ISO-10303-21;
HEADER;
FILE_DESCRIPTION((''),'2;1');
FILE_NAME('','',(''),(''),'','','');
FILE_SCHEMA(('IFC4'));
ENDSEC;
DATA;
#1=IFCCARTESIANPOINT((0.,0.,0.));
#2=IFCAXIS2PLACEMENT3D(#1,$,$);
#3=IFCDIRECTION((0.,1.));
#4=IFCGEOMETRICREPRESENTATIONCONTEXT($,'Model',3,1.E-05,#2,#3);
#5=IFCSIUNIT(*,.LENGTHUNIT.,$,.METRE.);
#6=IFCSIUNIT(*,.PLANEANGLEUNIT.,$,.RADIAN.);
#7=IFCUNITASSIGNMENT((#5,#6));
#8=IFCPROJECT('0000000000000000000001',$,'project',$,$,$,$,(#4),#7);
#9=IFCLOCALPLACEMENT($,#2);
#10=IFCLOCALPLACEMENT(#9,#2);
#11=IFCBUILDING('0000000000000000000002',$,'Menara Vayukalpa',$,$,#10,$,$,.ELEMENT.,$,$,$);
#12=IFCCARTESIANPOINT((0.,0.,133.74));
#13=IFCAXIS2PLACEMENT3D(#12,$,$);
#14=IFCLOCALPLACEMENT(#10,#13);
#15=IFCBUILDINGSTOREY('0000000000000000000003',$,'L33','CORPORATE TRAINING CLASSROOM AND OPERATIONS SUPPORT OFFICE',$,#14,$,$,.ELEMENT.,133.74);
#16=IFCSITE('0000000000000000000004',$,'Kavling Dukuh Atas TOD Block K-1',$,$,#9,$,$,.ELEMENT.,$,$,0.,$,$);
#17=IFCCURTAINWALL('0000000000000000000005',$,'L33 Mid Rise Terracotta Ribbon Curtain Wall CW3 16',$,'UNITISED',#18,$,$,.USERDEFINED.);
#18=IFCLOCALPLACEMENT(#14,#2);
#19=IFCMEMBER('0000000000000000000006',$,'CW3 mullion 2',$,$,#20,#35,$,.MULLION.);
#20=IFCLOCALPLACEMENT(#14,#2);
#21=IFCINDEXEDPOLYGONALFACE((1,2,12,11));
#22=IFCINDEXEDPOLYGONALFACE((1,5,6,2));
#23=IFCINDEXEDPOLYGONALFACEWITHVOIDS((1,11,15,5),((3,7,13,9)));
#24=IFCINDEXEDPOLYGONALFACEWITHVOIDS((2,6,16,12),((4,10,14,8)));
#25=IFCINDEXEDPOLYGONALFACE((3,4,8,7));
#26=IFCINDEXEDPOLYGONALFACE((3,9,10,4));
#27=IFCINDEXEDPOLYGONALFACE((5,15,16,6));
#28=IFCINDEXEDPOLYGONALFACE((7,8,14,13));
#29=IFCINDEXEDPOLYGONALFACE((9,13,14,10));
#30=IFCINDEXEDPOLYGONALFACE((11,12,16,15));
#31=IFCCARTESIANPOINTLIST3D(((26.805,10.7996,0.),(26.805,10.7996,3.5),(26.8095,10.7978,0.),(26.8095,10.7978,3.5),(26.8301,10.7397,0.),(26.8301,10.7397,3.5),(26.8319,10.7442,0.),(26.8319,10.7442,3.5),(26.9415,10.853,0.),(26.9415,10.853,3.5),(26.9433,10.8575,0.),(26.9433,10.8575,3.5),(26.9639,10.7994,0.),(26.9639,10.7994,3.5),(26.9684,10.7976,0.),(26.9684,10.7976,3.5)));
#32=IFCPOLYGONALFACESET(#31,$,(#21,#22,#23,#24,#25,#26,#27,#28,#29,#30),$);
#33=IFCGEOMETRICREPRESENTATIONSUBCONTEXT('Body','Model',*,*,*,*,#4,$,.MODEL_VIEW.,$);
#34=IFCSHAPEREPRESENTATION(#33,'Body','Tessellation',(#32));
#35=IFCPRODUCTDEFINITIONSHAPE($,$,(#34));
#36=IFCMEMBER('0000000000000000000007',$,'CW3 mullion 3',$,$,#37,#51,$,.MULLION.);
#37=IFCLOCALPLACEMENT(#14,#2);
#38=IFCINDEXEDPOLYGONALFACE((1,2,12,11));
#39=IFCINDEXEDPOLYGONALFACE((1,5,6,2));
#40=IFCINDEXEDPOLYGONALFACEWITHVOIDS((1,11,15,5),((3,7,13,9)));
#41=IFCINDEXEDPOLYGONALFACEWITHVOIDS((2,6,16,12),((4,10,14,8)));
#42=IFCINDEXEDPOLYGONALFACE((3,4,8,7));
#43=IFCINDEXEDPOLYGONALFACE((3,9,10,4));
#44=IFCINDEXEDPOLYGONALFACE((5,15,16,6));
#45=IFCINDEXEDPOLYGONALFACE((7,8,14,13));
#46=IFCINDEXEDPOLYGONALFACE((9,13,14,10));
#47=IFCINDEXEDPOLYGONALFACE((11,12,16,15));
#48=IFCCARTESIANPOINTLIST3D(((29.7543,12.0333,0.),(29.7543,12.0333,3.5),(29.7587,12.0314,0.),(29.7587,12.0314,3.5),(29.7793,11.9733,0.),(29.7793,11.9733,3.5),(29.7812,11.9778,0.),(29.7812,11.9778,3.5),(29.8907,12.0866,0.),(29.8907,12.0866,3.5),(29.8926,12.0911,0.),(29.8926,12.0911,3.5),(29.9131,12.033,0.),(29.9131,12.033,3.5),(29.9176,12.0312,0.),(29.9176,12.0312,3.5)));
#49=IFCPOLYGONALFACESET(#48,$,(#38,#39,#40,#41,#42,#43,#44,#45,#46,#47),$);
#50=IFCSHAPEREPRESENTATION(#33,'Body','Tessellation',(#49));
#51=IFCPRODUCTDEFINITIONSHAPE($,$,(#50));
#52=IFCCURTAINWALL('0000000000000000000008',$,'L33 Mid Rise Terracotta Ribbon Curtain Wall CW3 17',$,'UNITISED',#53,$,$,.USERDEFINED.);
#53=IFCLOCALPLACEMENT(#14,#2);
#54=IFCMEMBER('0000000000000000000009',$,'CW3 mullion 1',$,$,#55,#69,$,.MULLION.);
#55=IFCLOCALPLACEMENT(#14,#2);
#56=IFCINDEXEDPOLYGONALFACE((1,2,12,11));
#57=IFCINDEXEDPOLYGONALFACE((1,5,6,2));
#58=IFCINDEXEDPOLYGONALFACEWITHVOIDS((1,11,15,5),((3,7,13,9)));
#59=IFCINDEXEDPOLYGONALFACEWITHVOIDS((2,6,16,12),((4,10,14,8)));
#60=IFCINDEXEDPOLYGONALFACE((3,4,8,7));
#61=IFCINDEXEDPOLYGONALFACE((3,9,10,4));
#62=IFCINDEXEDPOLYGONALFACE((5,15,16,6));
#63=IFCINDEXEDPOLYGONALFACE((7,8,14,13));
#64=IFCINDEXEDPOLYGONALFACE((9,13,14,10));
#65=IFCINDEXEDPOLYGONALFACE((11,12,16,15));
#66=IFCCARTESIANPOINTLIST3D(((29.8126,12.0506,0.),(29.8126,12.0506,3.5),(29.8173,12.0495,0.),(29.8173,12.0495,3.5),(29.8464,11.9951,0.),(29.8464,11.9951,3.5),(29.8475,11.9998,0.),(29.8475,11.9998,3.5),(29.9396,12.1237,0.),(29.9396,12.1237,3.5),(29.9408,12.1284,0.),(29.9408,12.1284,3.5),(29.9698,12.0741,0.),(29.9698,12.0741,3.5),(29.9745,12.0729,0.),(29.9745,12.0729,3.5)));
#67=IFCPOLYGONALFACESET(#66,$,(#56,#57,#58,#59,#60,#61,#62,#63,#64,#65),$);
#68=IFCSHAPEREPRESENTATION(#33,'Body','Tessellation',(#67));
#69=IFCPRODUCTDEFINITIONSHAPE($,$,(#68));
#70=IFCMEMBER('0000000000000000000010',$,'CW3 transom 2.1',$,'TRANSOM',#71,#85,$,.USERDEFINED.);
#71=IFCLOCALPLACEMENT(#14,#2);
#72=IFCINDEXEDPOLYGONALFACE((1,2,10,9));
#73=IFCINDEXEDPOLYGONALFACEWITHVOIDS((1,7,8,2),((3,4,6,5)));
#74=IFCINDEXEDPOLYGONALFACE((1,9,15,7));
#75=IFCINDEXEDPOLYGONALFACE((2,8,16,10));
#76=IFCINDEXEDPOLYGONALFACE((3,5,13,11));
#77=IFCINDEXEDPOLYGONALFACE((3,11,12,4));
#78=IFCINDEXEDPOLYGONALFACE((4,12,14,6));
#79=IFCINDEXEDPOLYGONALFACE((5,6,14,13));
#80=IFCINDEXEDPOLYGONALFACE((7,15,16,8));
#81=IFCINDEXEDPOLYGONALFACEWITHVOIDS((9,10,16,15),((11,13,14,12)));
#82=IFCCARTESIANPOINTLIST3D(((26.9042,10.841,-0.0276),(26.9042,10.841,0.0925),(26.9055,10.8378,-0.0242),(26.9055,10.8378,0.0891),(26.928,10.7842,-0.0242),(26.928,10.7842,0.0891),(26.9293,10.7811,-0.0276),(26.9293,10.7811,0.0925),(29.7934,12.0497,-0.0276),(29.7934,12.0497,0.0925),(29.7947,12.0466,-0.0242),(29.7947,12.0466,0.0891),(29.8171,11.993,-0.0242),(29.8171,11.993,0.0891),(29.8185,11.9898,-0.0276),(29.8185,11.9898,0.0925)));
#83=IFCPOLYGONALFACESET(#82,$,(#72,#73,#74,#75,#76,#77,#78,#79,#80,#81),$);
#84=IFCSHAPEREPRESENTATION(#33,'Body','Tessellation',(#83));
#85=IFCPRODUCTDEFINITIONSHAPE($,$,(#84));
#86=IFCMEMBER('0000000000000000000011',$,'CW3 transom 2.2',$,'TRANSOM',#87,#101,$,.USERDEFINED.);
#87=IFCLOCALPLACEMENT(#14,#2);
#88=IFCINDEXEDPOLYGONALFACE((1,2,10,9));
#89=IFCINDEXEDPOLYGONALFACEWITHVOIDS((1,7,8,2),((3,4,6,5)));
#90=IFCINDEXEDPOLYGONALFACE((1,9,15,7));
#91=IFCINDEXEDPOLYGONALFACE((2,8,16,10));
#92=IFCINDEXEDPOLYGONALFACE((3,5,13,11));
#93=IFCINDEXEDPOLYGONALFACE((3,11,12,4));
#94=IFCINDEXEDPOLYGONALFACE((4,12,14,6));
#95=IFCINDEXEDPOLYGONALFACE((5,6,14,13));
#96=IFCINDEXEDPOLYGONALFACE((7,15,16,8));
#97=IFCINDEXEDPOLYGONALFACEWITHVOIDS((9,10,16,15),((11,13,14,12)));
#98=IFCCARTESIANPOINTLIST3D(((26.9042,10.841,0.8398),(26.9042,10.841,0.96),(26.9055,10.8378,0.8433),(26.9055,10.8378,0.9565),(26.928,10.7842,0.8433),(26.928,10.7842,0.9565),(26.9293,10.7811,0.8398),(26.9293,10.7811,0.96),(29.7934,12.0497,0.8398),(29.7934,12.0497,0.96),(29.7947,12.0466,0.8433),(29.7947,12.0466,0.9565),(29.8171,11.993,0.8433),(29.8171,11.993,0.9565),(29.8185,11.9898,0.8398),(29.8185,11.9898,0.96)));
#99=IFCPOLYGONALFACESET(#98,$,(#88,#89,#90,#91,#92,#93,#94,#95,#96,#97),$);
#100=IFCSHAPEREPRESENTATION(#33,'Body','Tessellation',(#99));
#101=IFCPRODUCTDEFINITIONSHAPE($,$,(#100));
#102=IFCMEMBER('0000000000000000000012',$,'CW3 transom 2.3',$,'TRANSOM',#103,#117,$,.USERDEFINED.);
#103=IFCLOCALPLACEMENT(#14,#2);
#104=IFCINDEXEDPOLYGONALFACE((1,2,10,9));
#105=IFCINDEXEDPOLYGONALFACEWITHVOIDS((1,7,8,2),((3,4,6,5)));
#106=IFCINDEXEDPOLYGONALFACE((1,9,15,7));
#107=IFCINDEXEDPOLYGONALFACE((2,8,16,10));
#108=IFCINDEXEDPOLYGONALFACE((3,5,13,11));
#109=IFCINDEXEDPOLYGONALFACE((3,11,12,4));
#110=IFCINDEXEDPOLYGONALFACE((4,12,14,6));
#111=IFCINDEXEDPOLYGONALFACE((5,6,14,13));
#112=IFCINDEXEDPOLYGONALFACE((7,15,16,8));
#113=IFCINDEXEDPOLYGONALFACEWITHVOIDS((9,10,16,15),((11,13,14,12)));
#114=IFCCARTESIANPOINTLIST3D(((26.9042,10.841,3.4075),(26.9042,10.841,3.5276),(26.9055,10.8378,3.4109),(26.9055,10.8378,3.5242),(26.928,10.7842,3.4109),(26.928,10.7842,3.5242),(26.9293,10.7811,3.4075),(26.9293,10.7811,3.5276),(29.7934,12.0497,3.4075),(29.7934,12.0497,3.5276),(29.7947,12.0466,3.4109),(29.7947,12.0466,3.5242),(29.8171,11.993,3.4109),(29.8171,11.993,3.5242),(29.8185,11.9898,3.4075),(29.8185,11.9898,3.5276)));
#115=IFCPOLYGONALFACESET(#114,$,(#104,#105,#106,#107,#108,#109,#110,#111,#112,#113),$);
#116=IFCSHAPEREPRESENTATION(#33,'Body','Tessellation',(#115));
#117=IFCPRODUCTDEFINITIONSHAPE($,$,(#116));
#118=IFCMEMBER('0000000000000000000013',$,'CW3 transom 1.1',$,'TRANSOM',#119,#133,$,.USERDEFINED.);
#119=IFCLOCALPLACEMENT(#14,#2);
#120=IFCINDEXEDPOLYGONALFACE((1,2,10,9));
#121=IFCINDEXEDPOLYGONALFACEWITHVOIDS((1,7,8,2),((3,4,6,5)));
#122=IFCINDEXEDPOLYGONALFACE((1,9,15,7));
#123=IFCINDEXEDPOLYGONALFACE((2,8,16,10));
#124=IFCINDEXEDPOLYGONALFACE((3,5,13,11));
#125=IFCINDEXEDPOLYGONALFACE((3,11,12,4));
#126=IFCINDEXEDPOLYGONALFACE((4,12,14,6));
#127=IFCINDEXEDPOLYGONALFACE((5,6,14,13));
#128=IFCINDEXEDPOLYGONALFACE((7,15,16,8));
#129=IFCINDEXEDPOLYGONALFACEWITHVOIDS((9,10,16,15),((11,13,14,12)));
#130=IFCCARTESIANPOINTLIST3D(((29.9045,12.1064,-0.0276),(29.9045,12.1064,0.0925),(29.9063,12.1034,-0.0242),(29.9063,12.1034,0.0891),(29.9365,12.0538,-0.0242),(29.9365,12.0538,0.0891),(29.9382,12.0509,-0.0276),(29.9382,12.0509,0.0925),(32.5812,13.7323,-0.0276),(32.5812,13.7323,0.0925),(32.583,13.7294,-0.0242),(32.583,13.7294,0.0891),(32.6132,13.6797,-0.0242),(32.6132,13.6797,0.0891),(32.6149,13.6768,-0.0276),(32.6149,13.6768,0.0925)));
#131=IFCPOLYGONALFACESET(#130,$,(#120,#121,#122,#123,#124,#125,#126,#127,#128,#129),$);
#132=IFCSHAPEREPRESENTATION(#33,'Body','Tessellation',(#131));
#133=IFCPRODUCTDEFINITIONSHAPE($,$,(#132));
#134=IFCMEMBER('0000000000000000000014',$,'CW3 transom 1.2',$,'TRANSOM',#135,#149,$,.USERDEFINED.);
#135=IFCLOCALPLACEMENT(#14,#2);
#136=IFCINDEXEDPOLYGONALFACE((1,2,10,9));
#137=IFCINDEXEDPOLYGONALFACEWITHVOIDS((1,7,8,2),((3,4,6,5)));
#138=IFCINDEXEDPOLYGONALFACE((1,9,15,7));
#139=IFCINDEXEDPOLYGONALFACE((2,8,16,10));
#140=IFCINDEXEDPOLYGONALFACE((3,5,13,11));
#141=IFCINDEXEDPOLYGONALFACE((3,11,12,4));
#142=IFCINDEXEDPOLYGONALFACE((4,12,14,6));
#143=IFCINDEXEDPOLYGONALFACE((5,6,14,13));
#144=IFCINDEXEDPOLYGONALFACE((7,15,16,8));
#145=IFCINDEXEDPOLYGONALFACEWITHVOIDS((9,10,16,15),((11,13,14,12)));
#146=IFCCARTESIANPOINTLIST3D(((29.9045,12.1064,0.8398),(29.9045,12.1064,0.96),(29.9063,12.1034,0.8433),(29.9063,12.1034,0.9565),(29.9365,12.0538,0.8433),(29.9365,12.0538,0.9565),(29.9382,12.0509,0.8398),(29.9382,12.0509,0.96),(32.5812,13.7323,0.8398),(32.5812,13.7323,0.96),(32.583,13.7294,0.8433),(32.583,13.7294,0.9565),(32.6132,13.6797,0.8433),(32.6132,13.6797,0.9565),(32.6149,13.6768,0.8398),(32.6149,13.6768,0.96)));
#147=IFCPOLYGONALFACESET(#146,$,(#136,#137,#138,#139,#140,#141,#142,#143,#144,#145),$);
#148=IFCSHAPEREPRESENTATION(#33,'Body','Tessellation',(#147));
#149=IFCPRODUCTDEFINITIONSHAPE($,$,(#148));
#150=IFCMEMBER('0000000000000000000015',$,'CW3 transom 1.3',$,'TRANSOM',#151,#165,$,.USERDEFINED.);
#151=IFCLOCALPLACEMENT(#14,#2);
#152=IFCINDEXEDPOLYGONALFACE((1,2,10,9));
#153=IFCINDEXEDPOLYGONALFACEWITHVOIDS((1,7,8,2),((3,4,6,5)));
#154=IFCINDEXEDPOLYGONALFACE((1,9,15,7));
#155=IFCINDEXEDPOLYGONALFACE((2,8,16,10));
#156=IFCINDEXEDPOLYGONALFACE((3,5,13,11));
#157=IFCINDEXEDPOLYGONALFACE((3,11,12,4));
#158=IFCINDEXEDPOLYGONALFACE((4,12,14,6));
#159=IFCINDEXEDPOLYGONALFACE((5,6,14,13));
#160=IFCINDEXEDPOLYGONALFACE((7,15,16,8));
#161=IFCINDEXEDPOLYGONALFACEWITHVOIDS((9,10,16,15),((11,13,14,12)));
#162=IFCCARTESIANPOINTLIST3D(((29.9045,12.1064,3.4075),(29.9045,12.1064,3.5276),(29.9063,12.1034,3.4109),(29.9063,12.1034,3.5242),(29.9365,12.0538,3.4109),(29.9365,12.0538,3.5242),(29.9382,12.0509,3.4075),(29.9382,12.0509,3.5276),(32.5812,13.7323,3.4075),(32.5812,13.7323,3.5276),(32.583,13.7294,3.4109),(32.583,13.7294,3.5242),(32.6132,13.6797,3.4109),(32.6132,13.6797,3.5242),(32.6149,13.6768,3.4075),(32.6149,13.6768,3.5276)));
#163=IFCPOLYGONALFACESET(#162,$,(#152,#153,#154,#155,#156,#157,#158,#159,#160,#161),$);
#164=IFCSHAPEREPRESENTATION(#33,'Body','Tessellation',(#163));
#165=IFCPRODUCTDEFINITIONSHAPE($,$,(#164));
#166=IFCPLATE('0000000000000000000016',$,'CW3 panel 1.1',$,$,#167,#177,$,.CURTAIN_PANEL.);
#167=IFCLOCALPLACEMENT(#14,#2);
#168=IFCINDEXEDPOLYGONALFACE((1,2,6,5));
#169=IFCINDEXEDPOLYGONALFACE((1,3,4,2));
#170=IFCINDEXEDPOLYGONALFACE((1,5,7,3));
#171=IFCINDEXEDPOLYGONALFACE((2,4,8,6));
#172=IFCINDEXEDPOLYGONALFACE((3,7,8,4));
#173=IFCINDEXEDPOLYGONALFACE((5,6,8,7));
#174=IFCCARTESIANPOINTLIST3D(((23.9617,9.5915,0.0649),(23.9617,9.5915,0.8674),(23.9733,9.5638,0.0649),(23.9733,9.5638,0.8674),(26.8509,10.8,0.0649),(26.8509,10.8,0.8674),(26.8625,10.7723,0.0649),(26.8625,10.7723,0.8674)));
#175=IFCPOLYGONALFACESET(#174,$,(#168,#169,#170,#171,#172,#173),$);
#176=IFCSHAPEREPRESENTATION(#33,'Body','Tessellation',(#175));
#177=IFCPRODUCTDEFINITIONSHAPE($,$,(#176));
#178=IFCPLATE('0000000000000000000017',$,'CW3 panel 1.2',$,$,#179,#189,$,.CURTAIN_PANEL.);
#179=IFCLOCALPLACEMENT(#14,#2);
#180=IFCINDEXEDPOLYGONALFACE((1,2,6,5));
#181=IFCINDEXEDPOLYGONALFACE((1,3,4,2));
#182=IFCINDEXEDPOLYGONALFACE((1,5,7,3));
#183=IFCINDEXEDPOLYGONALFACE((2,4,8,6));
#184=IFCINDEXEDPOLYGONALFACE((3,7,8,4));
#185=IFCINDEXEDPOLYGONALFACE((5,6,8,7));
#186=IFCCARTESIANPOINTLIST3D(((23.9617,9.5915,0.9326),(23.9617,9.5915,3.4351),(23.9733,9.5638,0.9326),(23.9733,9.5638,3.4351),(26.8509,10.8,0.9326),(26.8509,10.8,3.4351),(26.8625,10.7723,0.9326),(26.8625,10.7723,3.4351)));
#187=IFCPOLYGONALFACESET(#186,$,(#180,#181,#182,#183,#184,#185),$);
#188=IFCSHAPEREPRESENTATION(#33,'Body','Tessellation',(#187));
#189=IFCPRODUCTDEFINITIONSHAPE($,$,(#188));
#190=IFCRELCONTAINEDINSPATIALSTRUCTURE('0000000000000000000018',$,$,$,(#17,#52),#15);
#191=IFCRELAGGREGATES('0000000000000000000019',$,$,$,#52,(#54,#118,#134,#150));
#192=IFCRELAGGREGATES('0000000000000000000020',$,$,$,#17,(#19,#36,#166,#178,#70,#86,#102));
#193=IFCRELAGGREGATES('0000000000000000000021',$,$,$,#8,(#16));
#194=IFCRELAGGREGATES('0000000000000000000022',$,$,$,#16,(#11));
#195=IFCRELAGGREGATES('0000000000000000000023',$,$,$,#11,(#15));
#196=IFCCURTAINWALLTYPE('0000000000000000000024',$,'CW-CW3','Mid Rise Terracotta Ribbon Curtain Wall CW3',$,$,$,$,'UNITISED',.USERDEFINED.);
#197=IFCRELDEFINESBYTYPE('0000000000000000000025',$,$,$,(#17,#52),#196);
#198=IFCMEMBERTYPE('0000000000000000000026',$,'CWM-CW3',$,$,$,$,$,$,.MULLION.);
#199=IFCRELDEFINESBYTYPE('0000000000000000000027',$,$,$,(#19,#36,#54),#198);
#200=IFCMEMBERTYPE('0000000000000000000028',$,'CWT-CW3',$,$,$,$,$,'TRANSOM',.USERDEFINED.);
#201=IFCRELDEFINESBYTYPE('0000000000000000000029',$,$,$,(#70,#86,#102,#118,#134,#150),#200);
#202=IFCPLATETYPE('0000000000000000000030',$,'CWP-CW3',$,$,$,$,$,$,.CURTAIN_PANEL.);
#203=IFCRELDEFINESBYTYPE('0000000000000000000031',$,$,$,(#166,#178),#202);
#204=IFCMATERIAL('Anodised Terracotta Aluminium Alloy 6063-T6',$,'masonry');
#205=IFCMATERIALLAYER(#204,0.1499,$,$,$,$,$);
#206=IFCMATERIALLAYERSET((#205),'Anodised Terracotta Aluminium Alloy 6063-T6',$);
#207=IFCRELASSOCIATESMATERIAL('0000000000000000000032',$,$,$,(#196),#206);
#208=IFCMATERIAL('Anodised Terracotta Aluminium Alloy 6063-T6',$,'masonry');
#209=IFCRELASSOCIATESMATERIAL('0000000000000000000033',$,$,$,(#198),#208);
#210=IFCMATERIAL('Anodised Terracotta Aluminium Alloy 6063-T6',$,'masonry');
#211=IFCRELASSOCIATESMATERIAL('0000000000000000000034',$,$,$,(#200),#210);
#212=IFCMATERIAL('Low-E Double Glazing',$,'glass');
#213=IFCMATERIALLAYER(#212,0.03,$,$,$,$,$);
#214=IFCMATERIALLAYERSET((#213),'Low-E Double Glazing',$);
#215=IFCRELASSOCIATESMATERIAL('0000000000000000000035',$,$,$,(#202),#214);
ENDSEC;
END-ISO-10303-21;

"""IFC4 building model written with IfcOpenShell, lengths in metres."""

from ifc_helpers import new_model, si_unit, direction, frame, origin, origin_2d, place, context, subcontext, project, spatial, rectangle, hollow_rectangle, extrude, material, layer, layer_set, material_profile, profile_set, type_object, element, aggregate, save


model = new_model("IFC4")

# Units and contexts
model_context = context("Model", 3, precision=1e-05, world=origin(), true_north=direction((0.0, 1.0)))
body_context = subcontext(model_context, "Body", "Model", "MODEL_VIEW")
ifc_project = project(units=[si_unit("LENGTHUNIT", "METRE"), si_unit("PLANEANGLEUNIT", "RADIAN")], contexts=[model_context])

# Site, building, storey
site_placement = place(None, origin())
site = spatial("IfcSite", under=ifc_project, at=site_placement, Name="Kavling Dukuh Atas TOD Block K-1", CompositionType="ELEMENT", RefElevation=0.0)
building_placement = place(site_placement, origin())
building = spatial("IfcBuilding", under=site, at=building_placement, Name="Menara Vayukalpa", CompositionType="ELEMENT")
storey_placement = place(building_placement, frame((0.0, 0.0, 133.74)))
storey = spatial("IfcBuildingStorey", under=building, at=storey_placement, Name="L33", Description="CORPORATE TRAINING CLASSROOM AND OPERATIONS SUPPORT OFFICE", CompositionType="ELEMENT", Elevation=133.74)

# Curtain wall, members
ifc_material_1 = material(Name="Anodised Terracotta Aluminium Alloy 6063-T6", Category="masonry")
ifc_layer_1 = layer(ifc_material_1, 0.1499)
ifc_layer_set_1 = layer_set([ifc_layer_1], Name="Anodised Terracotta Aluminium Alloy 6063-T6")
curtain_wall_type = type_object("IfcCurtainWallType", Name="CW-CW3", Description="Mid Rise Terracotta Ribbon Curtain Wall CW3", ElementType="UNITISED", PredefinedType="USERDEFINED", material=ifc_layer_set_1)
curtain_wall_1_placement = place(storey_placement, origin())
curtain_wall_1 = element("IfcCurtainWall", 1, at=curtain_wall_1_placement, inside=storey, type_object=curtain_wall_type, Name="L33 Mid Rise Terracotta Ribbon Curtain Wall CW3 16", ObjectType="UNITISED", PredefinedType="USERDEFINED")
ifc_material_2 = material(Name="Anodised Terracotta Aluminium Alloy 6063-T6", Category="masonry")
ifc_material_profile_1 = material_profile(ifc_material_2, hollow_rectangle(XDim=0.0649, YDim=0.1499, WallThickness=0.0034, at=origin_2d()), Name="ALU 65x150x3.5")
ifc_profile_set_1 = profile_set([ifc_material_profile_1], Name="Anodised Terracotta Aluminium Alloy 6063-T6")
member_type_1 = type_object("IfcMemberType", Name="CWM-CW3", PredefinedType="MULLION", material=ifc_profile_set_1)
member_1_placement = place(storey_placement, frame((26.8867, 10.7986, 0.0), z_axis=(0.0, 0.0, 1.0), x_axis=(-0.385894, 0.922543, 0.0)))
member_1 = element("IfcMember", 2, at=member_1_placement, type_object=member_type_1, Name="CW3 mullion 2", PredefinedType="MULLION", context=body_context, shape_type="SweptSolid", body=[
    extrude(hollow_rectangle(XDim=0.0649, YDim=0.1499, WallThickness=0.0034, at=origin_2d()), origin(), (0.0, 0.0, 1.0), 3.5),
])
member_2_placement = place(storey_placement, frame((29.8359, 12.0322, 0.0), z_axis=(0.0, 0.0, 1.0), x_axis=(-0.385894, 0.922543, 0.0)))
member_2 = element("IfcMember", 3, at=member_2_placement, type_object=member_type_1, Name="CW3 mullion 3", PredefinedType="MULLION", context=body_context, shape_type="SweptSolid", body=[
    extrude(hollow_rectangle(XDim=0.0649, YDim=0.1499, WallThickness=0.0034, at=origin_2d()), origin(), (0.0, 0.0, 1.0), 3.5),
])

# Curtain wall, member
curtain_wall_2_placement = place(storey_placement, origin())
curtain_wall_2 = element("IfcCurtainWall", 4, at=curtain_wall_2_placement, inside=storey, type_object=curtain_wall_type, Name="L33 Mid Rise Terracotta Ribbon Curtain Wall CW3 17", ObjectType="UNITISED", PredefinedType="USERDEFINED")
member_3_placement = place(storey_placement, frame((29.8936, 12.0618, 0.0), z_axis=(0.0, 0.0, 1.0), x_axis=(-0.519183, 0.854663, 0.0)))
member_3 = element("IfcMember", 5, at=member_3_placement, type_object=member_type_1, Name="CW3 mullion 1", PredefinedType="MULLION", context=body_context, shape_type="SweptSolid", body=[
    extrude(hollow_rectangle(XDim=0.0649, YDim=0.1499, WallThickness=0.0034, at=origin_2d()), origin(), (0.0, 0.0, 1.0), 3.5),
])

# Members
ifc_material_3 = material(Name="Anodised Terracotta Aluminium Alloy 6063-T6", Category="masonry")
ifc_material_profile_2 = material_profile(ifc_material_3, hollow_rectangle(XDim=0.0649, YDim=0.1201, WallThickness=0.0034, at=origin_2d()), Name="ALU 65x120x3.5")
ifc_profile_set_2 = profile_set([ifc_material_profile_2], Name="Anodised Terracotta Aluminium Alloy 6063-T6")
member_type_2 = type_object("IfcMemberType", Name="CWT-CW3", ElementType="TRANSOM", PredefinedType="USERDEFINED", material=ifc_profile_set_2)
member_4_placement = place(storey_placement, frame((26.9167, 10.811, 0.0325), z_axis=(0.922518, 0.385955, 0.0), x_axis=(-0.385955, 0.922518, 0.0)))
member_4 = element("IfcMember", 6, at=member_4_placement, type_object=member_type_2, Name="CW3 transom 2.1", ObjectType="TRANSOM", PredefinedType="USERDEFINED", context=body_context, shape_type="SweptSolid", body=[
    extrude(hollow_rectangle(XDim=0.0649, YDim=0.1201, WallThickness=0.0034, at=origin_2d()), origin(), (0.0, 0.0, 1.0), 3.1318),
])
member_5_placement = place(storey_placement, frame((26.9167, 10.811, 0.8999), z_axis=(0.922518, 0.385955, 0.0), x_axis=(-0.385955, 0.922518, 0.0)))
member_5 = element("IfcMember", 7, at=member_5_placement, type_object=member_type_2, Name="CW3 transom 2.2", ObjectType="TRANSOM", PredefinedType="USERDEFINED", context=body_context, shape_type="SweptSolid", body=[
    extrude(hollow_rectangle(XDim=0.0649, YDim=0.1201, WallThickness=0.0034, at=origin_2d()), origin(), (0.0, 0.0, 1.0), 3.1318),
])
member_6_placement = place(storey_placement, frame((26.9167, 10.811, 3.4675), z_axis=(0.922518, 0.385955, 0.0), x_axis=(-0.385955, 0.922518, 0.0)))
member_6 = element("IfcMember", 8, at=member_6_placement, type_object=member_type_2, Name="CW3 transom 2.3", ObjectType="TRANSOM", PredefinedType="USERDEFINED", context=body_context, shape_type="SweptSolid", body=[
    extrude(hollow_rectangle(XDim=0.0649, YDim=0.1201, WallThickness=0.0034, at=origin_2d()), origin(), (0.0, 0.0, 1.0), 3.1318),
])
member_7_placement = place(storey_placement, frame((29.9214, 12.0786, 0.0325), z_axis=(0.854674, 0.519165, 0.0), x_axis=(-0.519165, 0.854674, 0.0)))
member_7 = element("IfcMember", 9, at=member_7_placement, type_object=member_type_2, Name="CW3 transom 1.1", ObjectType="TRANSOM", PredefinedType="USERDEFINED", context=body_context, shape_type="SweptSolid", body=[
    extrude(hollow_rectangle(XDim=0.0649, YDim=0.1201, WallThickness=0.0034, at=origin_2d()), origin(), (0.0, 0.0, 1.0), 3.1318),
])
member_8_placement = place(storey_placement, frame((29.9214, 12.0786, 0.8999), z_axis=(0.854674, 0.519165, 0.0), x_axis=(-0.519165, 0.854674, 0.0)))
member_8 = element("IfcMember", 10, at=member_8_placement, type_object=member_type_2, Name="CW3 transom 1.2", ObjectType="TRANSOM", PredefinedType="USERDEFINED", context=body_context, shape_type="SweptSolid", body=[
    extrude(hollow_rectangle(XDim=0.0649, YDim=0.1201, WallThickness=0.0034, at=origin_2d()), origin(), (0.0, 0.0, 1.0), 3.1318),
])
member_9_placement = place(storey_placement, frame((29.9214, 12.0786, 3.4675), z_axis=(0.854674, 0.519165, 0.0), x_axis=(-0.519165, 0.854674, 0.0)))
member_9 = element("IfcMember", 11, at=member_9_placement, type_object=member_type_2, Name="CW3 transom 1.3", ObjectType="TRANSOM", PredefinedType="USERDEFINED", context=body_context, shape_type="SweptSolid", body=[
    extrude(hollow_rectangle(XDim=0.0649, YDim=0.1201, WallThickness=0.0034, at=origin_2d()), origin(), (0.0, 0.0, 1.0), 3.1318),
])
aggregate(curtain_wall_2, [member_3, member_7, member_8, member_9])

# Plates
ifc_material_4 = material(Name="Low-E Double Glazing", Category="glass")
ifc_layer_2 = layer(ifc_material_4, 0.03)
ifc_layer_set_2 = layer_set([ifc_layer_2], Name="Low-E Double Glazing")
plate_type = type_object("IfcPlateType", Name="CWP-CW3", PredefinedType="CURTAIN_PANEL", material=ifc_layer_set_2)
plate_1_placement = place(storey_placement, frame((25.4121, 10.1819, 0.0649), z_axis=(0.0, 0.0, 1.0), x_axis=(0.922543, 0.385894, 0.0)))
plate_1 = element("IfcPlate", 12, at=plate_1_placement, type_object=plate_type, Name="CW3 panel 1.1", PredefinedType="CURTAIN_PANEL", context=body_context, shape_type="SweptSolid", body=[
    extrude(rectangle(XDim=3.1318, YDim=0.03, at=origin_2d()), origin(), (0.0, 0.0, 1.0), 0.8025),
])
plate_2_placement = place(storey_placement, frame((25.4121, 10.1819, 0.9326), z_axis=(0.0, 0.0, 1.0), x_axis=(0.922543, 0.385894, 0.0)))
plate_2 = element("IfcPlate", 13, at=plate_2_placement, type_object=plate_type, Name="CW3 panel 1.2", PredefinedType="CURTAIN_PANEL", context=body_context, shape_type="SweptSolid", body=[
    extrude(rectangle(XDim=3.1318, YDim=0.03, at=origin_2d()), origin(), (0.0, 0.0, 1.0), 2.5024),
])
aggregate(curtain_wall_1, [member_1, member_2, plate_1, plate_2, member_4, member_5, member_6])

save(model, "model.ifc")
